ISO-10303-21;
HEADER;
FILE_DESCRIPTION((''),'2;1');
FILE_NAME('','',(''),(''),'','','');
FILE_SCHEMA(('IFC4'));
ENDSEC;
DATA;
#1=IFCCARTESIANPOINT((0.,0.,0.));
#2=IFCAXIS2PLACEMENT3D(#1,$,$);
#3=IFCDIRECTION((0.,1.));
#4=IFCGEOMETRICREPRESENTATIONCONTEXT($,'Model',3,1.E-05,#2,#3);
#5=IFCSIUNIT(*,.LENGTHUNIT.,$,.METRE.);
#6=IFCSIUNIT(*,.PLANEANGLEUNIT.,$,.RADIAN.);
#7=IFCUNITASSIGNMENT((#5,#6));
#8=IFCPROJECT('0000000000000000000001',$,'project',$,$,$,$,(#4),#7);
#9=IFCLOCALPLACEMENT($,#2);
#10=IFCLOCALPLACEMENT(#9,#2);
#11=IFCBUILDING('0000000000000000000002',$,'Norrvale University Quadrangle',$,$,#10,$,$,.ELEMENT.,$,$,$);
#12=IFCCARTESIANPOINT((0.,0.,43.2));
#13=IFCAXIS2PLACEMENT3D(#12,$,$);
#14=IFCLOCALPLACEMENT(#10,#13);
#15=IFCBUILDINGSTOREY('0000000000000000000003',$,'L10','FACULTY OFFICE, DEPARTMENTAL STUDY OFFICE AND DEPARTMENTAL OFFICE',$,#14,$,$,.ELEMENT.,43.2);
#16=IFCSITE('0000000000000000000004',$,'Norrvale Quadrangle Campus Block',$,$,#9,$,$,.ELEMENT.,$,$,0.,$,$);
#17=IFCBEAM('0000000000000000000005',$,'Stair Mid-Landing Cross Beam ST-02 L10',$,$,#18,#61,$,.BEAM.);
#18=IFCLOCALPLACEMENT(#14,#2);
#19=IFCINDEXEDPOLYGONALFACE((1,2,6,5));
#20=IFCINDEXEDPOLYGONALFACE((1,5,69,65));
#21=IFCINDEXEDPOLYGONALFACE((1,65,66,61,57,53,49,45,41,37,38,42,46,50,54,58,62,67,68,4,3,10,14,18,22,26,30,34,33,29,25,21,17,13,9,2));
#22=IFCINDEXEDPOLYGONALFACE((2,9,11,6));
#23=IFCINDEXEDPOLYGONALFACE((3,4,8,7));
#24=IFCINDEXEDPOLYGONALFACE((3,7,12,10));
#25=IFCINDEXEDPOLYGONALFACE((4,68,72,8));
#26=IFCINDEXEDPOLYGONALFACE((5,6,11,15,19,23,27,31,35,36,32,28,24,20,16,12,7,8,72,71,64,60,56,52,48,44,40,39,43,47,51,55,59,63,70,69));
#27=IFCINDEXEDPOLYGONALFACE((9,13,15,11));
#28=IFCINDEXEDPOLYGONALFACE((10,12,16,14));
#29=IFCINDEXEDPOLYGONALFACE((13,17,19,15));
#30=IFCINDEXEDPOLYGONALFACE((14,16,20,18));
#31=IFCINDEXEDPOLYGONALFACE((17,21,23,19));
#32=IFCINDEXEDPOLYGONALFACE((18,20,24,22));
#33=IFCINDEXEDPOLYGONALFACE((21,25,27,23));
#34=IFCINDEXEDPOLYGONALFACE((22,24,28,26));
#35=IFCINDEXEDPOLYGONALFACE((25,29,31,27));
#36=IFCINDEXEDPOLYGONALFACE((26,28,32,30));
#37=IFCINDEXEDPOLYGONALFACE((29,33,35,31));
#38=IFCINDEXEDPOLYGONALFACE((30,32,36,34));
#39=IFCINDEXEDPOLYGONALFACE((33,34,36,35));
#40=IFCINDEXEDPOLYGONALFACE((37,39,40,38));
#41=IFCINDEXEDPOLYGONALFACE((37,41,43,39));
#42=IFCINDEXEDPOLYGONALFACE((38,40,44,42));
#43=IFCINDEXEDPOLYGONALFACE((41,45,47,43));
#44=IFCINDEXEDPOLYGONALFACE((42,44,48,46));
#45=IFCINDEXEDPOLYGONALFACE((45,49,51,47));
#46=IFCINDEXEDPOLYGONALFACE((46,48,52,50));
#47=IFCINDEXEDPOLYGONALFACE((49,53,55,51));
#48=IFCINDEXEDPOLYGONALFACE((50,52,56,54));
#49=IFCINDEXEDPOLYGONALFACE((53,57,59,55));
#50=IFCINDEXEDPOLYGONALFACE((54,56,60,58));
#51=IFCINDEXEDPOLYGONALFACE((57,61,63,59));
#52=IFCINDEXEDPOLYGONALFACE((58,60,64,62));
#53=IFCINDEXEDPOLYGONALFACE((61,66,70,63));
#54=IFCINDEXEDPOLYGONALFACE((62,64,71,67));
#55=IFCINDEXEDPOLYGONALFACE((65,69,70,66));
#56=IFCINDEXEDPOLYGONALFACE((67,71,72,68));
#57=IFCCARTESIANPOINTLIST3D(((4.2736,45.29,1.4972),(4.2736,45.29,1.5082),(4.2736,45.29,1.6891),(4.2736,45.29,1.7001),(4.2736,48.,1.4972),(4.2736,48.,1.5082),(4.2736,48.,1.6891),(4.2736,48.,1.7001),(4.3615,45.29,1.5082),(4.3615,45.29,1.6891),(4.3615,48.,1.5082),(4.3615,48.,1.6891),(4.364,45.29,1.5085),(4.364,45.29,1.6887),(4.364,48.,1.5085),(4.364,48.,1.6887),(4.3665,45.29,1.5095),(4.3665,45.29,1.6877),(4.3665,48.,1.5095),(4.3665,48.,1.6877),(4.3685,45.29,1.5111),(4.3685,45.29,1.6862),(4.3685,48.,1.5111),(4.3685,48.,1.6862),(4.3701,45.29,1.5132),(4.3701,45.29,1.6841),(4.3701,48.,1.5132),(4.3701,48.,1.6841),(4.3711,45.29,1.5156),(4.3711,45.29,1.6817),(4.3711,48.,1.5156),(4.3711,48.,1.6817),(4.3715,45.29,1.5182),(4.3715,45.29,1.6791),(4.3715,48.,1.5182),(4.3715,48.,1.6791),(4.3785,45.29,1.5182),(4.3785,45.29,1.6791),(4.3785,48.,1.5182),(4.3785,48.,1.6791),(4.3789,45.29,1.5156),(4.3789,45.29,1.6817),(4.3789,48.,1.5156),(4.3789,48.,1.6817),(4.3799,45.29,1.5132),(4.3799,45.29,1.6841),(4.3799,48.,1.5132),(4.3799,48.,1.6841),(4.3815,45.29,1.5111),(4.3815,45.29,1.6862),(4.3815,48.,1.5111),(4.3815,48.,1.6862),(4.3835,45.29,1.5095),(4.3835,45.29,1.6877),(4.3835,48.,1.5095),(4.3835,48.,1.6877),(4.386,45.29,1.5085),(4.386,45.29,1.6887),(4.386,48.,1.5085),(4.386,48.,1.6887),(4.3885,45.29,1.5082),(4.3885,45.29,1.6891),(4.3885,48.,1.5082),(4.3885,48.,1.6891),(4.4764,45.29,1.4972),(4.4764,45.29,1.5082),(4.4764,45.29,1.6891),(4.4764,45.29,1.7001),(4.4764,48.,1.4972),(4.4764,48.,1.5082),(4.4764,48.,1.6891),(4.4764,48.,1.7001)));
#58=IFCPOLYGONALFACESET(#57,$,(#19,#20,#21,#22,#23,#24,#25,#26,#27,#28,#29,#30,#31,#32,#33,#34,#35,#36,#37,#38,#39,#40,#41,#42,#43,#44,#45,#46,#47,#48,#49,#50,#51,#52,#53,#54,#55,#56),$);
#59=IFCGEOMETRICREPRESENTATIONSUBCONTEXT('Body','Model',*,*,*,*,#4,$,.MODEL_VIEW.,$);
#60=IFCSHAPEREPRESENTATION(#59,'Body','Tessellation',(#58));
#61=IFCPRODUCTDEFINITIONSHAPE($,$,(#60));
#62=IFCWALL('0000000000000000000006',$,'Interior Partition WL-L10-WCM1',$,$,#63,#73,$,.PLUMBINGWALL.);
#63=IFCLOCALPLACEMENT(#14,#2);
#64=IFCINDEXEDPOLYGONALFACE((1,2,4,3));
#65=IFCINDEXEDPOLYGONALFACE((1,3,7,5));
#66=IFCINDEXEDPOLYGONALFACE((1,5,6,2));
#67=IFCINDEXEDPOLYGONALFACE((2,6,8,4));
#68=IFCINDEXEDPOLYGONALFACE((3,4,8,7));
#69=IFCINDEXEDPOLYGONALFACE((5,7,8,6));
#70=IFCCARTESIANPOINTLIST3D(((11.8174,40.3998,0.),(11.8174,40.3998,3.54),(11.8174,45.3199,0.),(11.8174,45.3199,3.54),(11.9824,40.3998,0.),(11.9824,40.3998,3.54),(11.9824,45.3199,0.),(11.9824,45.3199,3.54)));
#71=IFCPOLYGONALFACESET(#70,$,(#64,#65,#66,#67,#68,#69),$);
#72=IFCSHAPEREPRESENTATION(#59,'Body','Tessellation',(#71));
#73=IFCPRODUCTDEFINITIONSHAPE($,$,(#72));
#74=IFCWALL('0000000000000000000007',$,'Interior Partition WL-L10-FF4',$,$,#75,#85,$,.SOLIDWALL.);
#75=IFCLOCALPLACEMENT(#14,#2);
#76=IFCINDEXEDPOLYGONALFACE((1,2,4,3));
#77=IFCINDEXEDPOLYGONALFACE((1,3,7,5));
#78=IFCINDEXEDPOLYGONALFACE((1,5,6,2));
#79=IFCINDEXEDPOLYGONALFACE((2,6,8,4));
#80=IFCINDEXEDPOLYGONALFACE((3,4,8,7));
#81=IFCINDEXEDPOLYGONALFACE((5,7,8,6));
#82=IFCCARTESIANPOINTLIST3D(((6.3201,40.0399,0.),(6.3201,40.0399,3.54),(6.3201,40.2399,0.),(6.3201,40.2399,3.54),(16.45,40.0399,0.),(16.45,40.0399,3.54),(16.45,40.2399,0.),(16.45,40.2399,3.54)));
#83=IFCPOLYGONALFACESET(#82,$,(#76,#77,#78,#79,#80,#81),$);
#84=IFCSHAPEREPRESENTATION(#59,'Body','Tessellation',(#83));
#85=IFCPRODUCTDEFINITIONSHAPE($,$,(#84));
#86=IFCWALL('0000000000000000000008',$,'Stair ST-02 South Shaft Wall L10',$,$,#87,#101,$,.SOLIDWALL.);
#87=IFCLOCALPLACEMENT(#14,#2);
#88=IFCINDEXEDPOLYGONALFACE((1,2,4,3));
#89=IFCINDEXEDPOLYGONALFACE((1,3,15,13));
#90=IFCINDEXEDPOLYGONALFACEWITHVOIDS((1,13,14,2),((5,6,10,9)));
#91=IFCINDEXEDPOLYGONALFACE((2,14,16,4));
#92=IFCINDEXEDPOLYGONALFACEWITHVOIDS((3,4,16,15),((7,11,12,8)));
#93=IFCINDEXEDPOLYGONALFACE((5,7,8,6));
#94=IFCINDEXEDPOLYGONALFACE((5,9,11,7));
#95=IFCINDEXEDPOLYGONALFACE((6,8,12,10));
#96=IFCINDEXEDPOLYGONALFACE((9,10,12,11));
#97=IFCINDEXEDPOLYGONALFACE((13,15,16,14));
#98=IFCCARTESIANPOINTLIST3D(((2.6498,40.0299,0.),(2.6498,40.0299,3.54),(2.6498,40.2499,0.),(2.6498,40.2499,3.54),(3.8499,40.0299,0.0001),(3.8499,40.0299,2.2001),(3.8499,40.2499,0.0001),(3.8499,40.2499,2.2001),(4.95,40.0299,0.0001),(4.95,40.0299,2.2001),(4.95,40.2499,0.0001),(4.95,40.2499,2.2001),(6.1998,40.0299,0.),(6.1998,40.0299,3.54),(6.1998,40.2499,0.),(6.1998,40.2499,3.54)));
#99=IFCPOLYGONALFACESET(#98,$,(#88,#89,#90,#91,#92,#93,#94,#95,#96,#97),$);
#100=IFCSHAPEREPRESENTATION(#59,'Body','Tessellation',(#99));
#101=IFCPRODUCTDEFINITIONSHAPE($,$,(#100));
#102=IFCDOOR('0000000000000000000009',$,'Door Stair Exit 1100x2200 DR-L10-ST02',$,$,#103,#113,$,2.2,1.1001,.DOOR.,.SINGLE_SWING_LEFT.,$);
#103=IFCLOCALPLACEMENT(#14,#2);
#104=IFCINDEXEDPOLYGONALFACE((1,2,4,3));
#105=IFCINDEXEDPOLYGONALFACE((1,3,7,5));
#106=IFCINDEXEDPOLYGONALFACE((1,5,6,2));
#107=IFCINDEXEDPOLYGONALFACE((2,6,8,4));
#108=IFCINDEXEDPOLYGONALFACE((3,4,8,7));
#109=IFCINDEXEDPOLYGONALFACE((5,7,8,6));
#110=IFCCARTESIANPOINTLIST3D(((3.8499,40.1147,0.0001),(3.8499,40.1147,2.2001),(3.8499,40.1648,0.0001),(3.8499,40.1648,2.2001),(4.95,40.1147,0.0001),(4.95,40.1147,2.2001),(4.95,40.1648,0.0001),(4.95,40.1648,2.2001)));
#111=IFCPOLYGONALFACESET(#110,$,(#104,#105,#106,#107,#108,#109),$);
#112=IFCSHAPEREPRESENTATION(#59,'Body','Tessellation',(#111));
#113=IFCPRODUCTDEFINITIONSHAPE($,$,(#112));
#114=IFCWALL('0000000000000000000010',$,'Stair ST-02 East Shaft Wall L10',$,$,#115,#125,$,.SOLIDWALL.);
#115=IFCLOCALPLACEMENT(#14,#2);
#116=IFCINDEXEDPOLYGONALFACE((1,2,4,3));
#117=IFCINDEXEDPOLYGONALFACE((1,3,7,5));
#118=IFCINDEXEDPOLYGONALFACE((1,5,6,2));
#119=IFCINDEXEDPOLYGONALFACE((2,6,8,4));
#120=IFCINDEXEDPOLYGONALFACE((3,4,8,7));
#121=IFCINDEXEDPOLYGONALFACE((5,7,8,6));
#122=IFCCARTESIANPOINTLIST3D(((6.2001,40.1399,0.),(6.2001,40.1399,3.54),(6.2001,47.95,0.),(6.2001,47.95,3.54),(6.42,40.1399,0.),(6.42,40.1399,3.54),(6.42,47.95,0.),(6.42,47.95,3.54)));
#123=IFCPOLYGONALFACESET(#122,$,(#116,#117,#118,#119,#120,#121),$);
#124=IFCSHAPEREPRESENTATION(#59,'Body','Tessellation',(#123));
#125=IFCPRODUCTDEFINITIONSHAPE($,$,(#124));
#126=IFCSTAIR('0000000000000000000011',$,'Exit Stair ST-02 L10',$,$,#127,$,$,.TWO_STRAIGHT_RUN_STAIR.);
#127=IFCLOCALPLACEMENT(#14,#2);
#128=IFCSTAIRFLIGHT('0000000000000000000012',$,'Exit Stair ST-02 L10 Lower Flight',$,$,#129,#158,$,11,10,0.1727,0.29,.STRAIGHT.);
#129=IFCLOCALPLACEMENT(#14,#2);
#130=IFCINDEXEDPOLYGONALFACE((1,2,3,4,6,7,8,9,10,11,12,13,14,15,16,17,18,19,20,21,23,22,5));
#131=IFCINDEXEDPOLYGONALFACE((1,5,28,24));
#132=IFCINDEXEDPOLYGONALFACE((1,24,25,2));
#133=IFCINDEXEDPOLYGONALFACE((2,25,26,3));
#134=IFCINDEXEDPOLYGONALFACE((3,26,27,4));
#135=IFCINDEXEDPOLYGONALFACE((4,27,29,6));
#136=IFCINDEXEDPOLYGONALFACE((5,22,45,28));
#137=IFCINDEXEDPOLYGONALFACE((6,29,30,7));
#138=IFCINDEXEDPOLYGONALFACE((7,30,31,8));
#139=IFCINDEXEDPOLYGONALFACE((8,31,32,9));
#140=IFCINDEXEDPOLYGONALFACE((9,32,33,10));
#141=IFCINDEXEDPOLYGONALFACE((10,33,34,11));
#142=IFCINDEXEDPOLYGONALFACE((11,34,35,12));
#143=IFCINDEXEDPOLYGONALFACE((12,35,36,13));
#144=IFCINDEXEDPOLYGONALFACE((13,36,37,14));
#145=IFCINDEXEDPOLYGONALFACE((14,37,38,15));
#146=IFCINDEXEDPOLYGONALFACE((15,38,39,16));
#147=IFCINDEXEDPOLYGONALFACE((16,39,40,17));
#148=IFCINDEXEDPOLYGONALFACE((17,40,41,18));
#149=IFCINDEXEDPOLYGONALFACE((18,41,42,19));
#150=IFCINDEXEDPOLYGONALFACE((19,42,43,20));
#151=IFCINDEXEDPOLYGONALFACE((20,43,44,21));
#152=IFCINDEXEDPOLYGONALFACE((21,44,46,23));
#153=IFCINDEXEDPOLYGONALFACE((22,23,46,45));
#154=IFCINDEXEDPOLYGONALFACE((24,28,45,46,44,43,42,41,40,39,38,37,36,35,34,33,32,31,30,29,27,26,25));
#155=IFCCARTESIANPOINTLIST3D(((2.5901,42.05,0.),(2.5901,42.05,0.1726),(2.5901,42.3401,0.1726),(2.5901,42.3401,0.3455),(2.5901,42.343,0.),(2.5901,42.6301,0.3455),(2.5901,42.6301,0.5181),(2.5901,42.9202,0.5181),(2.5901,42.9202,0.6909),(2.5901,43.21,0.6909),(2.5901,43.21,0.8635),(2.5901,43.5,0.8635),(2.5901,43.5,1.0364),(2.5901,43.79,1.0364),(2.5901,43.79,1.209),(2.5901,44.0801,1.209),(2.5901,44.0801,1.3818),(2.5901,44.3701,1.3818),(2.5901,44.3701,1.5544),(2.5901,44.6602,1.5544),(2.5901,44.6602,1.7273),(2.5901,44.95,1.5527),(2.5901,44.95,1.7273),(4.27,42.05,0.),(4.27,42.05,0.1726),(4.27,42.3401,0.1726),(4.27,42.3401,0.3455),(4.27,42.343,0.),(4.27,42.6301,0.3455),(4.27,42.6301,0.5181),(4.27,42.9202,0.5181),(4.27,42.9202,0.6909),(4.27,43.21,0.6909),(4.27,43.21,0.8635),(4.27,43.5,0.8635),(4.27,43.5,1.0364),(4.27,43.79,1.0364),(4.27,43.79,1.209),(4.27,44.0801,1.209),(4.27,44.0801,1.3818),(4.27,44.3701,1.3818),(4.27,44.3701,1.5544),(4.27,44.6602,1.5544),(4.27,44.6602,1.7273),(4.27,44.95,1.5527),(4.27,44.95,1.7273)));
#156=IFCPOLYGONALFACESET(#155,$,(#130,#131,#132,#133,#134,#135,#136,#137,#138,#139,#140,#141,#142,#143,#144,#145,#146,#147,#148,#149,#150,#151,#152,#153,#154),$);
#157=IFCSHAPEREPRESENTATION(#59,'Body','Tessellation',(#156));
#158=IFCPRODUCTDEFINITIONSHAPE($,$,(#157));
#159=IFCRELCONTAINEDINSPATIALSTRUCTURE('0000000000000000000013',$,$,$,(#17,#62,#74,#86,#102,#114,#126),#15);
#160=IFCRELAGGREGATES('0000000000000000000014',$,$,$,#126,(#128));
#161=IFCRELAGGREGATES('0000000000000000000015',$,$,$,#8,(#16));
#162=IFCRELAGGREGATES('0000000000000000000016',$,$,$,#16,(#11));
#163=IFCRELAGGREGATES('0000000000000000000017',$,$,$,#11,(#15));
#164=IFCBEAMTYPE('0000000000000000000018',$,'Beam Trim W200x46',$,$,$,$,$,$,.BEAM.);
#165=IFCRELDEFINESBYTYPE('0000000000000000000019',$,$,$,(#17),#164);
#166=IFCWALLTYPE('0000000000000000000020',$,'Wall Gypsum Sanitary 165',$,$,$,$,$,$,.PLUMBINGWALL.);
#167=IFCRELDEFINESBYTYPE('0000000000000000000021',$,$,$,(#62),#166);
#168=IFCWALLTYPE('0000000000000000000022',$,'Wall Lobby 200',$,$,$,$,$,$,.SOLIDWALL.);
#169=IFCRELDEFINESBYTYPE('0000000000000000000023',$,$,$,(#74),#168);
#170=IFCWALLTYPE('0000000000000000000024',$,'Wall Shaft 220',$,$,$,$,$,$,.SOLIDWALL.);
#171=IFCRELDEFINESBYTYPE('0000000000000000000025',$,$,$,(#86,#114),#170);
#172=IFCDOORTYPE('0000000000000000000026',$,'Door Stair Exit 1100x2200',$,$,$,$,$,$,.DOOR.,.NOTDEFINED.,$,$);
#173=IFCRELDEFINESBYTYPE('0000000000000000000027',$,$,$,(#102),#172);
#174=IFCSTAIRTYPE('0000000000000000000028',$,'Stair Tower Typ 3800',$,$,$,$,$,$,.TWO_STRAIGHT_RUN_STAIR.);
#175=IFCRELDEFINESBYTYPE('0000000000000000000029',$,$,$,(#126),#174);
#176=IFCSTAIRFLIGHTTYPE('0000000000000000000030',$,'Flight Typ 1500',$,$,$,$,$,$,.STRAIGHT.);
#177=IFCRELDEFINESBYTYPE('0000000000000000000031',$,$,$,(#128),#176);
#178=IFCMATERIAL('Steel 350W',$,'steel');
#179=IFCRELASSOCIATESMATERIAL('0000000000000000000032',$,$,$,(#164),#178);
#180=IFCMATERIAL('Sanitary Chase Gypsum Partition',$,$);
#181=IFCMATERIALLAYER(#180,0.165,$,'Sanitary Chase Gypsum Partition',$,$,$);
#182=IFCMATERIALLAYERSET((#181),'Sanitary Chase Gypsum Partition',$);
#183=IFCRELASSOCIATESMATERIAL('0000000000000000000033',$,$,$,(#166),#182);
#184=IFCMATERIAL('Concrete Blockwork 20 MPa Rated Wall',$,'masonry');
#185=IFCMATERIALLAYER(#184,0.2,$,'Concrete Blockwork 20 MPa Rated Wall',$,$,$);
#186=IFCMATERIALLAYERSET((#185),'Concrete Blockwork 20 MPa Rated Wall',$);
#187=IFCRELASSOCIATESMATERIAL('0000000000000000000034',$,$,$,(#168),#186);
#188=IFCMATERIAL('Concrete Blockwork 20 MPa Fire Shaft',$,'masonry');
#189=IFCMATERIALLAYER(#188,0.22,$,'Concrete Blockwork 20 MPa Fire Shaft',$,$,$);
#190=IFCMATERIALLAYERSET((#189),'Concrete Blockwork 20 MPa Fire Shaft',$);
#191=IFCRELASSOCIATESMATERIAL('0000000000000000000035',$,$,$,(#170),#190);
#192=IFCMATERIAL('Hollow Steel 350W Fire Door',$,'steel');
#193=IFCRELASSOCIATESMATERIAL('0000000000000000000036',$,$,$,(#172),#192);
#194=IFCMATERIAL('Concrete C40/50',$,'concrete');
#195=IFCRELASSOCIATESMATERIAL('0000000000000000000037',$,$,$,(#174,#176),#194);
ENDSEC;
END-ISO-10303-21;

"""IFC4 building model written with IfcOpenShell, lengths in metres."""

from ifc_helpers import new_model, si_unit, direction, frame, frame_2d, origin, origin_2d, place, context, subcontext, project, spatial, polyline, rectangle, i_section, outline, extrude, material, layer, layer_set, material_profile, profile_set, type_object, element, fill, aggregate, save


model = new_model("IFC4")

# Units and contexts
model_context = context("Model", 3, precision=1e-05, world=origin(), true_north=direction((0.0, 1.0)))
body_context = subcontext(model_context, "Body", "Model", "MODEL_VIEW")
ifc_project = project(units=[si_unit("LENGTHUNIT", "METRE"), si_unit("PLANEANGLEUNIT", "RADIAN")], contexts=[model_context])

# Site, building, storey
site_placement = place(None, origin())
site = spatial("IfcSite", under=ifc_project, at=site_placement, Name="Norrvale Quadrangle Campus Block", CompositionType="ELEMENT", RefElevation=0.0)
building_placement = place(site_placement, origin())
building = spatial("IfcBuilding", under=site, at=building_placement, Name="Norrvale University Quadrangle", CompositionType="ELEMENT")
storey_placement = place(building_placement, frame((0.0, 0.0, 43.2)))
storey = spatial("IfcBuildingStorey", under=building, at=storey_placement, Name="L10", Description="FACULTY OFFICE, DEPARTMENTAL STUDY OFFICE AND DEPARTMENTAL OFFICE", CompositionType="ELEMENT", Elevation=43.2)

# Beam
ifc_material_1 = material(Name="Steel 350W", Category="steel")
ifc_material_profile_1 = material_profile(ifc_material_1, i_section(OverallWidth=0.2029, OverallDepth=0.2029, WebThickness=0.0071, FlangeThickness=0.011, FilletRadius=0.01, at=origin_2d()), Name="Steel 350W")
ifc_profile_set_1 = profile_set([ifc_material_profile_1], Name="Steel 350W")
beam_type_1 = type_object("IfcBeamType", Name="Beam Trim W200x46", PredefinedType="BEAM", material=ifc_profile_set_1)
beam_1_placement = place(storey_placement, frame((4.375, 45.29, 1.5986), z_axis=(0.0, 1.0, 0.0), x_axis=(-1.0, 0.0, 0.0)))
element("IfcBeam", 1, at=beam_1_placement, inside=storey, type_object=beam_type_1, Name="Stair Mid-Landing Cross Beam ST-02 L10", PredefinedType="BEAM", context=body_context, shape_type="SweptSolid", body=[
    extrude(i_section(OverallWidth=0.2029, OverallDepth=0.2029, WebThickness=0.0071, FlangeThickness=0.011, FilletRadius=0.01, at=origin_2d()), origin(), (0.0, 0.0, 1.0), 2.71),
])

# Walls
ifc_material_2 = material(Name="Sanitary Chase Gypsum Partition")
ifc_layer_1 = layer(ifc_material_2, 0.165, Name="Sanitary Chase Gypsum Partition")
ifc_layer_set_1 = layer_set([ifc_layer_1], Name="Sanitary Chase Gypsum Partition")
wall_type_1 = type_object("IfcWallType", Name="Wall Gypsum Sanitary 165", PredefinedType="PLUMBINGWALL", material=ifc_layer_set_1)
wall_1_placement = place(storey_placement, frame((11.8999, 40.3999, 0.0), z_axis=(0.0, 0.0, 1.0), x_axis=(0.0, 1.0, 0.0)))
element("IfcWall", 2, at=wall_1_placement, inside=storey, type_object=wall_type_1, Name="Interior Partition WL-L10-WCM1", PredefinedType="PLUMBINGWALL", context=body_context, shape_type="SweptSolid", body=[
    extrude(rectangle(XDim=4.9202, YDim=0.165, at=frame_2d((2.46, 0.0))), origin(), (0.0, 0.0, 1.0), 3.54),
])
ifc_material_3 = material(Name="Concrete Blockwork 20 MPa Rated Wall", Category="masonry")
ifc_layer_2 = layer(ifc_material_3, 0.2, Name="Concrete Blockwork 20 MPa Rated Wall")
ifc_layer_set_2 = layer_set([ifc_layer_2], Name="Concrete Blockwork 20 MPa Rated Wall")
wall_type_2 = type_object("IfcWallType", Name="Wall Lobby 200", PredefinedType="SOLIDWALL", material=ifc_layer_set_2)
wall_2_placement = place(storey_placement, frame((6.3201, 40.1399, 0.0), z_axis=(0.0, 0.0, 1.0), x_axis=(1.0, 0.0, 0.0)))
element("IfcWall", 3, at=wall_2_placement, inside=storey, type_object=wall_type_2, Name="Interior Partition WL-L10-FF4", PredefinedType="SOLIDWALL", context=body_context, shape_type="SweptSolid", body=[
    extrude(rectangle(XDim=10.1299, YDim=0.2, at=frame_2d((5.0649, 0.0))), origin(), (0.0, 0.0, 1.0), 3.54),
])

# Wall, opening, door
ifc_material_4 = material(Name="Concrete Blockwork 20 MPa Fire Shaft", Category="masonry")
ifc_layer_3 = layer(ifc_material_4, 0.22, Name="Concrete Blockwork 20 MPa Fire Shaft")
ifc_layer_set_3 = layer_set([ifc_layer_3], Name="Concrete Blockwork 20 MPa Fire Shaft")
wall_type_3 = type_object("IfcWallType", Name="Wall Shaft 220", PredefinedType="SOLIDWALL", material=ifc_layer_set_3)
wall_3_placement = place(storey_placement, frame((2.6499, 40.1399, 0.0), z_axis=(0.0, 0.0, 1.0), x_axis=(1.0, 0.0, 0.0)))
wall_3 = element("IfcWall", 4, at=wall_3_placement, inside=storey, type_object=wall_type_3, Name="Stair ST-02 South Shaft Wall L10", PredefinedType="SOLIDWALL", context=body_context, shape_type="SweptSolid", body=[
    extrude(rectangle(XDim=3.55, YDim=0.22, at=frame_2d((1.7749, 0.0))), origin(), (0.0, 0.0, 1.0), 3.54),
])
opening_placement = place(wall_3_placement, frame((1.2, 0.0, 0.0)))
opening = element("IfcOpeningElement", 5, at=opening_placement, cuts=wall_3, PredefinedType="OPENING", context=body_context, shape_type="SweptSolid", body=[
    extrude(rectangle(XDim=1.1001, YDim=2.2, at=frame_2d((0.55, 1.1001))), frame((0.0, 0.1221, 0.0), z_axis=(0.0, -1.0, 0.0), x_axis=(1.0, 0.0, 0.0)), (0.0, 0.0, 1.0), 0.2439),
])
ifc_material_5 = material(Name="Hollow Steel 350W Fire Door", Category="steel")
door_type = type_object("IfcDoorType", Name="Door Stair Exit 1100x2200", OperationType="NOTDEFINED", PredefinedType="DOOR", material=ifc_material_5)
door_placement = place(opening_placement, origin())
door = element("IfcDoor", 6, at=door_placement, inside=storey, type_object=door_type, Name="Door Stair Exit 1100x2200 DR-L10-ST02", OperationType="SINGLE_SWING_LEFT", OverallHeight=2.2, OverallWidth=1.1001, PredefinedType="DOOR", context=body_context, shape_type="SweptSolid", body=[
    extrude(rectangle(XDim=1.1001, YDim=2.2, at=frame_2d((0.55, 1.1001))), frame((0.0, 0.0249, 0.0), z_axis=(0.0, -1.0, 0.0), x_axis=(1.0, 0.0, 0.0)), (0.0, 0.0, 1.0), 0.05),
])
fill(opening, door)

# Wall
wall_4_placement = place(storey_placement, frame((6.3101, 40.1399, 0.0), z_axis=(0.0, 0.0, 1.0), x_axis=(0.0, 1.0, 0.0)))
element("IfcWall", 7, at=wall_4_placement, inside=storey, type_object=wall_type_3, Name="Stair ST-02 East Shaft Wall L10", PredefinedType="SOLIDWALL", context=body_context, shape_type="SweptSolid", body=[
    extrude(rectangle(XDim=7.8101, YDim=0.22, at=frame_2d((3.905, 0.0))), origin(), (0.0, 0.0, 1.0), 3.54),
])

# Stair, stair flight
ifc_material_6 = material(Name="Concrete C40/50", Category="concrete")
stair_type = type_object("IfcStairType", Name="Stair Tower Typ 3800", PredefinedType="TWO_STRAIGHT_RUN_STAIR", material=ifc_material_6)
stair_placement = place(storey_placement, origin())
stair = element("IfcStair", 8, at=stair_placement, inside=storey, type_object=stair_type, Name="Exit Stair ST-02 L10", PredefinedType="TWO_STRAIGHT_RUN_STAIR")
stair_flight_type = type_object("IfcStairFlightType", Name="Flight Typ 1500", PredefinedType="STRAIGHT", material=ifc_material_6)
stair_flight_1_placement = place(storey_placement, frame((3.4299, 42.05, 0.0), z_axis=(0.0, 0.0, 1.0), x_axis=(0.0, 1.0, 0.0)))
stair_flight_1 = element("IfcStairFlight", 9, at=stair_flight_1_placement, type_object=stair_flight_type, Name="Exit Stair ST-02 L10 Lower Flight", NumberOfRisers=11, NumberOfTreads=10, PredefinedType="STRAIGHT", RiserHeight=0.1727, TreadLength=0.29, context=body_context, shape_type="SweptSolid", body=[
    extrude(outline(polyline([(0.0, 0.0), (0.0, 0.1726), (0.29, 0.1726), (0.29, 0.3455), (0.5801, 0.3455), (0.5801, 0.5181), (0.8701, 0.5181), (0.8701, 0.6909), (1.1599, 0.6909), (1.1599, 0.8635), (1.45, 0.8635), (1.45, 1.0364), (1.74, 1.0364), (1.74, 1.209), (2.03, 1.209), (2.03, 1.3818), (2.3201, 1.3818), (2.3201, 1.5544), (2.6101, 1.5544), (2.6101, 1.7273), (2.8999, 1.7273), (2.8999, 1.8999), (2.8999, 1.5527), (0.293, 0.0), (0.0, 0.0)])), frame((0.0, 0.8398, 0.0), z_axis=(0.0, -1.0, 0.0), x_axis=(1.0, 0.0, 0.0)), (0.0, 0.0, 1.0), 1.6799),
])
aggregate(stair, [stair_flight_1])

save(model, "model.ifc")
